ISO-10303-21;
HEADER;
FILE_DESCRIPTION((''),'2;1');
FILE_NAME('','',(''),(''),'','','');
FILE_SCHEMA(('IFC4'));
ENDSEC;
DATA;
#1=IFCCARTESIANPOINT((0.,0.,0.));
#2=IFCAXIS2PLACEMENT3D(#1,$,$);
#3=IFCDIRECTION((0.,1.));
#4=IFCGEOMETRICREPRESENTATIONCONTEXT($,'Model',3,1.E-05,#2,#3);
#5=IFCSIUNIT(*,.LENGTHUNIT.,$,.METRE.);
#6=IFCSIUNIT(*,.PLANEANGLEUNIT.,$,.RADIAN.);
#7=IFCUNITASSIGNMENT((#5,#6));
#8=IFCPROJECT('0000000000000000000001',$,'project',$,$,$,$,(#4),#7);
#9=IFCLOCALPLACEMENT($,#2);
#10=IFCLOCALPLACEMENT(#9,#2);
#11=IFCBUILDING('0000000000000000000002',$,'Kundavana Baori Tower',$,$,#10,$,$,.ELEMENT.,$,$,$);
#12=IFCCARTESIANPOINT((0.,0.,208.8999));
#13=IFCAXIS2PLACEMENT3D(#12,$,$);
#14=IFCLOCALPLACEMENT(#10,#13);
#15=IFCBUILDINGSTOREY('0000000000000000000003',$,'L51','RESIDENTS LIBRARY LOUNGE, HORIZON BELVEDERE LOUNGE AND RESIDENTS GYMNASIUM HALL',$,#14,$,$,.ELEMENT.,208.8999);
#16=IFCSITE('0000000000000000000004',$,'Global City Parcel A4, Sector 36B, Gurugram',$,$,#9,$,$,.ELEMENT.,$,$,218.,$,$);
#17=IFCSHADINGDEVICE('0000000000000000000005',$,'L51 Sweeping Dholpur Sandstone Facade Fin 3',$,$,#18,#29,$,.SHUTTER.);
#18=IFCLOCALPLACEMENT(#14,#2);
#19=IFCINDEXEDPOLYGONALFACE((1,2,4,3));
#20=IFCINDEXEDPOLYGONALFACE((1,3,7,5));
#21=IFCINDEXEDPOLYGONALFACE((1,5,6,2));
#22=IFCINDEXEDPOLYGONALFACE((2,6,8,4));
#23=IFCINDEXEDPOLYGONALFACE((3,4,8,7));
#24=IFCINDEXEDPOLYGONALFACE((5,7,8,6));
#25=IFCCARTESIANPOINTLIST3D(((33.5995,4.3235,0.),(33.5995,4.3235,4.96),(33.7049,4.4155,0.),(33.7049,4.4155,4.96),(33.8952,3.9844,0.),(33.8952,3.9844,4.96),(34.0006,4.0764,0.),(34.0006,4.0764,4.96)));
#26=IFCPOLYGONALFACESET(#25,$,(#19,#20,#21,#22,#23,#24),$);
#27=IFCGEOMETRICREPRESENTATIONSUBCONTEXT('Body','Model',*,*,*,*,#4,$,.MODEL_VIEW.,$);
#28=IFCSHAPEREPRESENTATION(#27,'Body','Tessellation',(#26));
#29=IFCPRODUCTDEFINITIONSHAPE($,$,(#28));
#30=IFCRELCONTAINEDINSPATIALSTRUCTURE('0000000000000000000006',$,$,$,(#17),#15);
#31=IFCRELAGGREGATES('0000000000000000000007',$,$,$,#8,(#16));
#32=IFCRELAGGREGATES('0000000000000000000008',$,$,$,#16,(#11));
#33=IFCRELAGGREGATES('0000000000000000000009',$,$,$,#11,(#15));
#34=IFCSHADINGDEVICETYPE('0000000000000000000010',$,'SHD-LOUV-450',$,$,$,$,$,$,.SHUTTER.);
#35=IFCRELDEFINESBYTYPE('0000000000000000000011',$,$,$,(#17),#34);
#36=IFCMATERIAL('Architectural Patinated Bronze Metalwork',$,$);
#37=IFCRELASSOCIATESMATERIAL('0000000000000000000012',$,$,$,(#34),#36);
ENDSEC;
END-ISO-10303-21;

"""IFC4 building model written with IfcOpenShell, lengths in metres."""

from ifc_helpers import new_model, si_unit, direction, frame, origin, origin_2d, place, context, subcontext, project, spatial, rectangle, extrude, material, type_object, element, save


model = new_model("IFC4")

# Units and contexts
model_context = context("Model", 3, precision=1e-05, world=origin(), true_north=direction((0.0, 1.0)))
body_context = subcontext(model_context, "Body", "Model", "MODEL_VIEW")
ifc_project = project(units=[si_unit("LENGTHUNIT", "METRE"), si_unit("PLANEANGLEUNIT", "RADIAN")], contexts=[model_context])

# Site, building, storey
site_placement = place(None, origin())
site = spatial("IfcSite", under=ifc_project, at=site_placement, Name="Global City Parcel A4, Sector 36B, Gurugram", CompositionType="ELEMENT", RefElevation=218.0)
building_placement = place(site_placement, origin())
building = spatial("IfcBuilding", under=site, at=building_placement, Name="Kundavana Baori Tower", CompositionType="ELEMENT")
storey_placement = place(building_placement, frame((0.0, 0.0, 208.8999)))
storey = spatial("IfcBuildingStorey", under=building, at=storey_placement, Name="L51", Description="RESIDENTS LIBRARY LOUNGE, HORIZON BELVEDERE LOUNGE AND RESIDENTS GYMNASIUM HALL", CompositionType="ELEMENT", Elevation=208.8999)

# Shading device
ifc_material_1 = material(Name="Architectural Patinated Bronze Metalwork")
shading_device_type_1 = type_object("IfcShadingDeviceType", Name="SHD-LOUV-450", PredefinedType="SHUTTER", material=ifc_material_1)
shading_device_1_placement = place(storey_placement, frame((33.8, 4.2, 0.0), z_axis=(0.0, 0.0, 1.0), x_axis=(0.753678, 0.657244, 0.0)))
element("IfcShadingDevice", 1, at=shading_device_1_placement, inside=storey, type_object=shading_device_type_1, Name="L51 Sweeping Dholpur Sandstone Facade Fin 3", PredefinedType="SHUTTER", context=body_context, shape_type="SweptSolid", body=[
    extrude(rectangle(XDim=0.1399, YDim=0.45, at=origin_2d()), origin(), (0.0, 0.0, 1.0), 4.96),
])

save(model, "model.ifc")
